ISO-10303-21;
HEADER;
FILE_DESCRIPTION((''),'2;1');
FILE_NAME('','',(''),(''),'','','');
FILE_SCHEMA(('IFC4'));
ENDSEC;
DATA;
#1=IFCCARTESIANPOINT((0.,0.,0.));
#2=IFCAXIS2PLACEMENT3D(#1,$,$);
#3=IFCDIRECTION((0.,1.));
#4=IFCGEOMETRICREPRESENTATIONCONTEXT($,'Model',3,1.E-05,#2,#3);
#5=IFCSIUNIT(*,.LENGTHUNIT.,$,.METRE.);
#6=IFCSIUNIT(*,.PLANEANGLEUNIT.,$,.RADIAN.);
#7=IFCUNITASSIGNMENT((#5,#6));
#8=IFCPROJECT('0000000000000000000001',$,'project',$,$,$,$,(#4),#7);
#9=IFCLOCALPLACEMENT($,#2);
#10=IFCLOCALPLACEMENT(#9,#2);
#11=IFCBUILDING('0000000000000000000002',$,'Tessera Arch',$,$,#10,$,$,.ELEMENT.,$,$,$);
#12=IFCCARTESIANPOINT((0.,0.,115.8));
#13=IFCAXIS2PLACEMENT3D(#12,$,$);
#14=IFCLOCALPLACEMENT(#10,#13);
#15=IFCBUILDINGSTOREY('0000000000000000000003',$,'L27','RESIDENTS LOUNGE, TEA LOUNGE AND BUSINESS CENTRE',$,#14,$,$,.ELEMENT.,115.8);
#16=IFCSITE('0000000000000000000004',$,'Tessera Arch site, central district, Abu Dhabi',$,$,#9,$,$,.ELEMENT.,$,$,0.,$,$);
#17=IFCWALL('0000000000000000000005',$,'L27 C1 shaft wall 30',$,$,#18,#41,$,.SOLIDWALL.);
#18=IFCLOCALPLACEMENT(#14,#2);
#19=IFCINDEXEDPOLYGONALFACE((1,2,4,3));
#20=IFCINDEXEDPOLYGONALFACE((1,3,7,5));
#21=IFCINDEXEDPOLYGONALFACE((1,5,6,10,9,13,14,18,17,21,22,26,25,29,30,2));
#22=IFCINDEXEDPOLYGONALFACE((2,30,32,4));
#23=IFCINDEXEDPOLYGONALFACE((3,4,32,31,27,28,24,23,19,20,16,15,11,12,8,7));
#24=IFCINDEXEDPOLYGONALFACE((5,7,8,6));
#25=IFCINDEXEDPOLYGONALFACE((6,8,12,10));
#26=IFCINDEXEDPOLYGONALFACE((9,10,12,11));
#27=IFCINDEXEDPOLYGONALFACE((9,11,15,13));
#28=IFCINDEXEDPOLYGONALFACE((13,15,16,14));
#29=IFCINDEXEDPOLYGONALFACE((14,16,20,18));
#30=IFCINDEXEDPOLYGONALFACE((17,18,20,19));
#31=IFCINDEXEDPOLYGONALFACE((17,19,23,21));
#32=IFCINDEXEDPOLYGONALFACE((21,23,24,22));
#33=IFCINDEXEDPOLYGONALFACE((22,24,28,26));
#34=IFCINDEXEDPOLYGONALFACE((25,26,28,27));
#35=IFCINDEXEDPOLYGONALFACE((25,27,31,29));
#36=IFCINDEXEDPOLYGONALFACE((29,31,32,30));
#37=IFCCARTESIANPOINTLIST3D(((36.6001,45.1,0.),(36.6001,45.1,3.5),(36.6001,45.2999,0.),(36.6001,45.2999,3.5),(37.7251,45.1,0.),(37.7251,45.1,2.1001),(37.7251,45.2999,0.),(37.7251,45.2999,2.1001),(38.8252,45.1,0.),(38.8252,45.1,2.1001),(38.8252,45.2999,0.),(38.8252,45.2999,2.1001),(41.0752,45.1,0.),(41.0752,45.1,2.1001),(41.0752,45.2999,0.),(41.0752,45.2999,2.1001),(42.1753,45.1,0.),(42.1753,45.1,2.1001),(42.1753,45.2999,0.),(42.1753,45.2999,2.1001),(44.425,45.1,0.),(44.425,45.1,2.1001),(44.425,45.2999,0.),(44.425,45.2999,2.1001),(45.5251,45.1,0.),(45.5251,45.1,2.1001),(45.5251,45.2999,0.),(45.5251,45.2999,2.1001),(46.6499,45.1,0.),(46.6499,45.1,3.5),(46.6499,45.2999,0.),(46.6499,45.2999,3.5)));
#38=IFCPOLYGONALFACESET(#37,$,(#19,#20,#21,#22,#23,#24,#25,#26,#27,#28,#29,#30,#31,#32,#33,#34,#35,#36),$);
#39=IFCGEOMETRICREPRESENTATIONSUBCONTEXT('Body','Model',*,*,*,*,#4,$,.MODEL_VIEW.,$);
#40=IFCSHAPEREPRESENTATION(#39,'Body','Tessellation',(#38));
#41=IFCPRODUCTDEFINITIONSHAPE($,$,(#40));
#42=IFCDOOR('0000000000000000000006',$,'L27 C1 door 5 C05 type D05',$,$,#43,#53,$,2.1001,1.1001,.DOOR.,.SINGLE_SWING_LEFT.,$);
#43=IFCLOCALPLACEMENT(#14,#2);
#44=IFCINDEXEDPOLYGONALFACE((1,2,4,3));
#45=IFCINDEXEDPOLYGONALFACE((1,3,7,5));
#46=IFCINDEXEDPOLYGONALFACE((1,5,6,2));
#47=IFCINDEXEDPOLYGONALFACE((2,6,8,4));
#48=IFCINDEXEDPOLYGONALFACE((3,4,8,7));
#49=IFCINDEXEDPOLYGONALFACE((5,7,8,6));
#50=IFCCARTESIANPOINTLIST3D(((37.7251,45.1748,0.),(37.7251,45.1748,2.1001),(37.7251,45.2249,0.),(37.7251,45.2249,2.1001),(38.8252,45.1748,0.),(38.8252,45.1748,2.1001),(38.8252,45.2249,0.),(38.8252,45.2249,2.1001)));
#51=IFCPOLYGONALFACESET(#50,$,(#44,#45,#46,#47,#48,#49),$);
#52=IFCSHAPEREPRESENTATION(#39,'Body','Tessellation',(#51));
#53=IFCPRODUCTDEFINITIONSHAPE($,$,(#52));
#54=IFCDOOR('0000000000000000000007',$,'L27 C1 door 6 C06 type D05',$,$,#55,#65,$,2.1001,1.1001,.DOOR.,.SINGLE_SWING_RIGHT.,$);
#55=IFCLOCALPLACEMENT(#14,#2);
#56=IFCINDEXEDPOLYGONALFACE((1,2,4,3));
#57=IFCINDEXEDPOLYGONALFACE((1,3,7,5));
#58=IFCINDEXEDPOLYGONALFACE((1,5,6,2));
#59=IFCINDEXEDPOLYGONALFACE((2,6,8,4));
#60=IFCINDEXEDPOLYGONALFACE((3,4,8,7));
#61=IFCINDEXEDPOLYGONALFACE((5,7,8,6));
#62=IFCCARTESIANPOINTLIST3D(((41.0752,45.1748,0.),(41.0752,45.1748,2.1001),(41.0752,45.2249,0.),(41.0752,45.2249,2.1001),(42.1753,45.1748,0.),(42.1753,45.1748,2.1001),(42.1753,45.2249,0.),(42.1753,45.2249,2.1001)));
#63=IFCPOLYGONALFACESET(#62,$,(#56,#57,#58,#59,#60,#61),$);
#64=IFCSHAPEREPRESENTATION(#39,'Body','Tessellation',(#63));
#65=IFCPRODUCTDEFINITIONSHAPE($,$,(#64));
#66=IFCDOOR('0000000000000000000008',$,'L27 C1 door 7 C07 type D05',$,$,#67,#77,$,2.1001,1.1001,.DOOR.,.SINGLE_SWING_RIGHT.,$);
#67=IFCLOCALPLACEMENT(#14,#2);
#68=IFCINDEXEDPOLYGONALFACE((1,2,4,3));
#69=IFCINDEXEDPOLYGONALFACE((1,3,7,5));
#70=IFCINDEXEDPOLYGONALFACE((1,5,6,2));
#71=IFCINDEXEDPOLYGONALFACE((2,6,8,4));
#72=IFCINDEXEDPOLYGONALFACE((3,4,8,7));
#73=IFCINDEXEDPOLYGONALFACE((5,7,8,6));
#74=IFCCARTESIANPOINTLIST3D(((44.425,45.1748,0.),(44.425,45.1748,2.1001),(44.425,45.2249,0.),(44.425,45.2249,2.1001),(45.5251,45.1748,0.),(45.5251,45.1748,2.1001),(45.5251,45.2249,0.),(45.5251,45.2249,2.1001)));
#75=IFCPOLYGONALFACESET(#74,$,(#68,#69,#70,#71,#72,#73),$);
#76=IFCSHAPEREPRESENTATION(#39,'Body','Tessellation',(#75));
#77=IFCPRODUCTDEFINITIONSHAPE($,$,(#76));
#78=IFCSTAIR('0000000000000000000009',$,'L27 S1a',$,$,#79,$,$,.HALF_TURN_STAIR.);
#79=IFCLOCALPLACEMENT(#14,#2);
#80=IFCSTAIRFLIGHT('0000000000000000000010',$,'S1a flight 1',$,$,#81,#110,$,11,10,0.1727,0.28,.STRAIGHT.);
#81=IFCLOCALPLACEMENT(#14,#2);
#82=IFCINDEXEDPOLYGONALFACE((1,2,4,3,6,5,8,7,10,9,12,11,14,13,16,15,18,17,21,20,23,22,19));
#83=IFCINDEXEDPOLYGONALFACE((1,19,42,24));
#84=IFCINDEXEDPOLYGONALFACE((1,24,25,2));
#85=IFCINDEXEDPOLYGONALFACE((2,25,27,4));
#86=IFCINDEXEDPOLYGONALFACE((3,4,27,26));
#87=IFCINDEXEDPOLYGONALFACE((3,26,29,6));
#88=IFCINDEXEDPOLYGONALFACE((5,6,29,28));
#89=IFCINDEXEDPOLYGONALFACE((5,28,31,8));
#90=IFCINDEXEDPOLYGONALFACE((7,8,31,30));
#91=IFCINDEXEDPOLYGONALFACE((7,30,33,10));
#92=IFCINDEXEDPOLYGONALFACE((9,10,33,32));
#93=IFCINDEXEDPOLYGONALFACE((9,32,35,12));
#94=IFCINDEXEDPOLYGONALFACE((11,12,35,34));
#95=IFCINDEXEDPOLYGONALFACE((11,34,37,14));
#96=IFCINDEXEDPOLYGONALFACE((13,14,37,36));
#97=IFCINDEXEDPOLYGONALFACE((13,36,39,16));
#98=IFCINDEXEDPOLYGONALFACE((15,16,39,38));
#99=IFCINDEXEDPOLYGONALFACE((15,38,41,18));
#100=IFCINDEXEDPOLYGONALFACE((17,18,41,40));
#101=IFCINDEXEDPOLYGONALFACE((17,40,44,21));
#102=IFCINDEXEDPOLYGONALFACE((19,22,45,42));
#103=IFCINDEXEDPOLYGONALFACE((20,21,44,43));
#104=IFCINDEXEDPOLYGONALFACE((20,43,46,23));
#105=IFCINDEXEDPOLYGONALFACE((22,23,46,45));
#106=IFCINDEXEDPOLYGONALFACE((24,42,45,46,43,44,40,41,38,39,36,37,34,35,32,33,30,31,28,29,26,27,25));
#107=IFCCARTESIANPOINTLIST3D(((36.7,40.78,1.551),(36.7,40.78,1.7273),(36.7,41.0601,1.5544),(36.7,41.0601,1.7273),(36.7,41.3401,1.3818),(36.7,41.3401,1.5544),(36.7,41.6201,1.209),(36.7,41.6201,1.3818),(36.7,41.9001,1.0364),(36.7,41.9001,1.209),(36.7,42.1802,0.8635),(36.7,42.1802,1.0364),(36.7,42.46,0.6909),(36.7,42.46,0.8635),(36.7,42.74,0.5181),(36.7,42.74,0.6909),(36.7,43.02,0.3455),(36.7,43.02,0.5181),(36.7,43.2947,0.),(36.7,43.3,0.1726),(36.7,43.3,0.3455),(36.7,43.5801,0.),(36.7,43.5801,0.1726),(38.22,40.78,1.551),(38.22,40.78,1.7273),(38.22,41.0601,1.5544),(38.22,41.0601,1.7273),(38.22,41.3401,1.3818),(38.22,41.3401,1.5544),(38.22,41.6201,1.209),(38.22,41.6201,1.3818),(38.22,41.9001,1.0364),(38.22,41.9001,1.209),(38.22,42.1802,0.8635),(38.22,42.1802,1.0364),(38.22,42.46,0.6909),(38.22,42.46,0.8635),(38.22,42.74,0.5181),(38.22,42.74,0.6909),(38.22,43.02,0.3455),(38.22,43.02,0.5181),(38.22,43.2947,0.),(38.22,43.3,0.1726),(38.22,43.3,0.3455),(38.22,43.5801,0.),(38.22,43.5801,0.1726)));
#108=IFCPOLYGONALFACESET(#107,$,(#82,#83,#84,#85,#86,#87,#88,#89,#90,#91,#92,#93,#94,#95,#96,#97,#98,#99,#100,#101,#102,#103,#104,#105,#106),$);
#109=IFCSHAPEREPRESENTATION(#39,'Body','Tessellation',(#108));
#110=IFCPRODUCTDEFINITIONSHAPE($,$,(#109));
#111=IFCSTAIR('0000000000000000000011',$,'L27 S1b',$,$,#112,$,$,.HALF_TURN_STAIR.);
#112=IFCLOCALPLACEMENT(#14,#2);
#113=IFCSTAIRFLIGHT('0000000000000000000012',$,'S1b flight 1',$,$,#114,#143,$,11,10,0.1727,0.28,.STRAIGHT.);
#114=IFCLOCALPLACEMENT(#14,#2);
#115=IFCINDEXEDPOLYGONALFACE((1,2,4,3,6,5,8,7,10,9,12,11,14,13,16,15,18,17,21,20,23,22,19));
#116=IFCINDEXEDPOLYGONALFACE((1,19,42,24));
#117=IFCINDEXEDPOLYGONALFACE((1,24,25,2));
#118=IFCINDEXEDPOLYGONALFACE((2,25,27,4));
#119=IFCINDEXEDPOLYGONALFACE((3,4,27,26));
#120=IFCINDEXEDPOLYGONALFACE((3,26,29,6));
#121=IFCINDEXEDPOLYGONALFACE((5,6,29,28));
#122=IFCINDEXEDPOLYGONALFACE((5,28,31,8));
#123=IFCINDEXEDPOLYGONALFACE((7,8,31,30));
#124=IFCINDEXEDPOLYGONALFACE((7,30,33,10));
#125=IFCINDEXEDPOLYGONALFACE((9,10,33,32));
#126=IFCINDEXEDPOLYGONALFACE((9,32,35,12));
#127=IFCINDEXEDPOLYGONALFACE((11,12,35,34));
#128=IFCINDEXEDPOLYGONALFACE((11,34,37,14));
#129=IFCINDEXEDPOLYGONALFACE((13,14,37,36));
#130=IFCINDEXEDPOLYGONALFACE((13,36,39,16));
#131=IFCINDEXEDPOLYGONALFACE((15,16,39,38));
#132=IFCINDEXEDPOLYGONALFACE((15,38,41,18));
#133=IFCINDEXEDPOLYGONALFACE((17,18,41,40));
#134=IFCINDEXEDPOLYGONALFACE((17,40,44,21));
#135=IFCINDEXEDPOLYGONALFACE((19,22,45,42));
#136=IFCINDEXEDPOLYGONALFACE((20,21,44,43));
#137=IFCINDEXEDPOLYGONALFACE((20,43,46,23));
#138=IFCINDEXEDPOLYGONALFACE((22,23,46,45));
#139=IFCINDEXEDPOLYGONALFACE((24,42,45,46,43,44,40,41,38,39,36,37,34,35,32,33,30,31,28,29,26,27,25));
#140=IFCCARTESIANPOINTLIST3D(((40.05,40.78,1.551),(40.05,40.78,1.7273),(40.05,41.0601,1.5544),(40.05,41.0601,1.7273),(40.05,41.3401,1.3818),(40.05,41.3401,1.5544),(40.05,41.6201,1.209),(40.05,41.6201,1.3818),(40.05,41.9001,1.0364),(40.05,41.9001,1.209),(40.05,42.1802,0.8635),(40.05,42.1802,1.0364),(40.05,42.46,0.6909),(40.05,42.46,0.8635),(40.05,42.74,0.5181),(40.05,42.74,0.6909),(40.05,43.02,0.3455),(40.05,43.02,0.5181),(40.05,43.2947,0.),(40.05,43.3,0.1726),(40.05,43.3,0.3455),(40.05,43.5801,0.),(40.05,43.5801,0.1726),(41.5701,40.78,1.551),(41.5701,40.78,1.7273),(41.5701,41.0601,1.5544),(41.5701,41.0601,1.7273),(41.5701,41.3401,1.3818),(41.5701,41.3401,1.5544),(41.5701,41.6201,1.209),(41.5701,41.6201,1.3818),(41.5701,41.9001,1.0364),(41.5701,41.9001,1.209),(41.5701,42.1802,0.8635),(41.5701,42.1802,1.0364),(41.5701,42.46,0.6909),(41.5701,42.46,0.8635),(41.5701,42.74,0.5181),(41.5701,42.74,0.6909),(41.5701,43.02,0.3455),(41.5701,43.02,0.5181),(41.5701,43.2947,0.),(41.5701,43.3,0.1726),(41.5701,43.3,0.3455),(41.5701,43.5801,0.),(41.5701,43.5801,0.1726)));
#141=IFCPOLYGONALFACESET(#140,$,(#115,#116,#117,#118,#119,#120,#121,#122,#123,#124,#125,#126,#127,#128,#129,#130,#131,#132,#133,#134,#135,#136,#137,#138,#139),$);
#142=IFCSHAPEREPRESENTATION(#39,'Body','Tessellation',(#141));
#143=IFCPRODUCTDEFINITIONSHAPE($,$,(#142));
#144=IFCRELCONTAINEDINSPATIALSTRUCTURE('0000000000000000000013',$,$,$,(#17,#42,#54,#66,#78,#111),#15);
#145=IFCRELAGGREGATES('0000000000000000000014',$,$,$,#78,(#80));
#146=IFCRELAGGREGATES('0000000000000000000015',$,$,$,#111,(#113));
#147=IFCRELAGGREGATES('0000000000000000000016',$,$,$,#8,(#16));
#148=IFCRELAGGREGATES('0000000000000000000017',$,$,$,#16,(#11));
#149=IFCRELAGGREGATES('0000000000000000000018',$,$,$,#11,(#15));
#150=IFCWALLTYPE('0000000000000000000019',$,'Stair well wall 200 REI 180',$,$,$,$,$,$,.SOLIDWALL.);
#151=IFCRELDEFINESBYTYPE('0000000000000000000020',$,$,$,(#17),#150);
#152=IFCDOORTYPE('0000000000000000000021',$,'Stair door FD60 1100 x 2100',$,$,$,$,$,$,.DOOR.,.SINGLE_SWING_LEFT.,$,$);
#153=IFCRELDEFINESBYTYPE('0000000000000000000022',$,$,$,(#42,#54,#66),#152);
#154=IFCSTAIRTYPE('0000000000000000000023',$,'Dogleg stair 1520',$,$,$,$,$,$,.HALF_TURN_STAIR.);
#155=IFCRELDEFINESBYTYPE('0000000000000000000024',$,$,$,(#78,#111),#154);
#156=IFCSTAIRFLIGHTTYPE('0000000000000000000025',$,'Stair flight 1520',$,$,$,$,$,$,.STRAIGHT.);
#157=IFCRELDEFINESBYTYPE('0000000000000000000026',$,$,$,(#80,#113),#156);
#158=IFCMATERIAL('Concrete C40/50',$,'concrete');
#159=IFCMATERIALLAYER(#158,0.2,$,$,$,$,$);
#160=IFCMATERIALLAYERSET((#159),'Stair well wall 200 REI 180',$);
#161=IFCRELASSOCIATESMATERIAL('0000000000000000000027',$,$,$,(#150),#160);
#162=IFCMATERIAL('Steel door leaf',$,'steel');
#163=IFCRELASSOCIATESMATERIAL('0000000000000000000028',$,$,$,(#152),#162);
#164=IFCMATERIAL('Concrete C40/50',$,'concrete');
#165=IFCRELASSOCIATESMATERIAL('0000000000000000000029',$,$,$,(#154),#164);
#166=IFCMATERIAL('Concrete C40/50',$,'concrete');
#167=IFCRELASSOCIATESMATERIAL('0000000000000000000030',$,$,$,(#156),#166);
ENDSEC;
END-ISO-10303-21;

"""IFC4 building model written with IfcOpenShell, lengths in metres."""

from ifc_helpers import new_model, si_unit, direction, frame, frame_2d, origin, place, context, subcontext, project, spatial, polyline, rectangle, outline, extrude, material, layer, layer_set, type_object, element, fill, aggregate, save


model = new_model("IFC4")

# Units and contexts
model_context = context("Model", 3, precision=1e-05, world=origin(), true_north=direction((0.0, 1.0)))
body_context = subcontext(model_context, "Body", "Model", "MODEL_VIEW")
ifc_project = project(units=[si_unit("LENGTHUNIT", "METRE"), si_unit("PLANEANGLEUNIT", "RADIAN")], contexts=[model_context])

# Site, building, storey
site_placement = place(None, origin())
site = spatial("IfcSite", under=ifc_project, at=site_placement, Name="Tessera Arch site, central district, Abu Dhabi", CompositionType="ELEMENT", RefElevation=0.0)
building_placement = place(site_placement, origin())
building = spatial("IfcBuilding", under=site, at=building_placement, Name="Tessera Arch", CompositionType="ELEMENT")
storey_placement = place(building_placement, frame((0.0, 0.0, 115.8)))
storey = spatial("IfcBuildingStorey", under=building, at=storey_placement, Name="L27", Description="RESIDENTS LOUNGE, TEA LOUNGE AND BUSINESS CENTRE", CompositionType="ELEMENT", Elevation=115.8)

# Wall, openings, doors
ifc_material_1 = material(Name="Concrete C40/50", Category="concrete")
ifc_layer_1 = layer(ifc_material_1, 0.2)
ifc_layer_set_1 = layer_set([ifc_layer_1], Name="Stair well wall 200 REI 180")
wall_type_1 = type_object("IfcWallType", Name="Stair well wall 200 REI 180", PredefinedType="SOLIDWALL", material=ifc_layer_set_1)
wall_1_placement = place(storey_placement, frame((36.6001, 45.2, 0.0), z_axis=(0.0, 0.0, 1.0), x_axis=(1.0, 0.0, 0.0)))
wall_1 = element("IfcWall", 1, at=wall_1_placement, inside=storey, type_object=wall_type_1, Name="L27 C1 shaft wall 30", PredefinedType="SOLIDWALL", context=body_context, shape_type="SweptSolid", body=[
    extrude(rectangle(XDim=10.0498, YDim=0.2, at=frame_2d((5.0249, 0.0))), origin(), (0.0, 0.0, 1.0), 3.5),
])
opening_1_placement = place(wall_1_placement, frame((1.125, 0.0, 0.0)))
opening_1 = element("IfcOpeningElement", 2, at=opening_1_placement, cuts=wall_1, PredefinedType="OPENING", context=body_context, shape_type="SweptSolid", body=[
    extrude(rectangle(XDim=1.1001, YDim=2.1001, at=frame_2d((0.55, 1.05))), frame((0.0, 0.1099, 0.0), z_axis=(0.0, -1.0, 0.0), x_axis=(1.0, 0.0, 0.0)), (0.0, 0.0, 1.0), 0.22),
])
opening_2_placement = place(wall_1_placement, frame((4.4751, 0.0, 0.0)))
opening_2 = element("IfcOpeningElement", 3, at=opening_2_placement, cuts=wall_1, PredefinedType="OPENING", context=body_context, shape_type="SweptSolid", body=[
    extrude(rectangle(XDim=1.1001, YDim=2.1001, at=frame_2d((0.55, 1.05))), frame((0.0, 0.1099, 0.0), z_axis=(0.0, -1.0, 0.0), x_axis=(1.0, 0.0, 0.0)), (0.0, 0.0, 1.0), 0.22),
])
opening_3_placement = place(wall_1_placement, frame((7.825, 0.0, 0.0)))
opening_3 = element("IfcOpeningElement", 4, at=opening_3_placement, cuts=wall_1, PredefinedType="OPENING", context=body_context, shape_type="SweptSolid", body=[
    extrude(rectangle(XDim=1.1001, YDim=2.1001, at=frame_2d((0.55, 1.05))), frame((0.0, 0.1099, 0.0), z_axis=(0.0, -1.0, 0.0), x_axis=(1.0, 0.0, 0.0)), (0.0, 0.0, 1.0), 0.22),
])
ifc_material_2 = material(Name="Steel door leaf", Category="steel")
door_type_1 = type_object("IfcDoorType", Name="Stair door FD60 1100 x 2100", OperationType="SINGLE_SWING_LEFT", PredefinedType="DOOR", material=ifc_material_2)
door_1_placement = place(opening_1_placement, origin())
door_1 = element("IfcDoor", 5, at=door_1_placement, inside=storey, type_object=door_type_1, Name="L27 C1 door 5 C05 type D05", OperationType="SINGLE_SWING_LEFT", OverallHeight=2.1001, OverallWidth=1.1001, PredefinedType="DOOR", context=body_context, shape_type="SweptSolid", body=[
    extrude(rectangle(XDim=1.1001, YDim=2.1001, at=frame_2d((0.55, 1.05))), frame((0.0, 0.0249, 0.0), z_axis=(0.0, -1.0, 0.0), x_axis=(1.0, 0.0, 0.0)), (0.0, 0.0, 1.0), 0.05),
])
fill(opening_1, door_1)
door_2_placement = place(opening_2_placement, origin())
door_2 = element("IfcDoor", 6, at=door_2_placement, inside=storey, type_object=door_type_1, Name="L27 C1 door 6 C06 type D05", OperationType="SINGLE_SWING_RIGHT", OverallHeight=2.1001, OverallWidth=1.1001, PredefinedType="DOOR", context=body_context, shape_type="SweptSolid", body=[
    extrude(rectangle(XDim=1.1001, YDim=2.1001, at=frame_2d((0.55, 1.05))), frame((0.0, 0.0249, 0.0), z_axis=(0.0, -1.0, 0.0), x_axis=(1.0, 0.0, 0.0)), (0.0, 0.0, 1.0), 0.05),
])
fill(opening_2, door_2)
door_3_placement = place(opening_3_placement, origin())
door_3 = element("IfcDoor", 7, at=door_3_placement, inside=storey, type_object=door_type_1, Name="L27 C1 door 7 C07 type D05", OperationType="SINGLE_SWING_RIGHT", OverallHeight=2.1001, OverallWidth=1.1001, PredefinedType="DOOR", context=body_context, shape_type="SweptSolid", body=[
    extrude(rectangle(XDim=1.1001, YDim=2.1001, at=frame_2d((0.55, 1.05))), frame((0.0, 0.0249, 0.0), z_axis=(0.0, -1.0, 0.0), x_axis=(1.0, 0.0, 0.0)), (0.0, 0.0, 1.0), 0.05),
])
fill(opening_3, door_3)

# Stairs, stair flights
ifc_material_3 = material(Name="Concrete C40/50", Category="concrete")
stair_type = type_object("IfcStairType", Name="Dogleg stair 1520", PredefinedType="HALF_TURN_STAIR", material=ifc_material_3)
stair_1_placement = place(storey_placement, origin())
stair_1 = element("IfcStair", 8, at=stair_1_placement, inside=storey, type_object=stair_type, Name="L27 S1a", PredefinedType="HALF_TURN_STAIR")
ifc_material_4 = material(Name="Concrete C40/50", Category="concrete")
stair_flight_type = type_object("IfcStairFlightType", Name="Stair flight 1520", PredefinedType="STRAIGHT", material=ifc_material_4)
stair_flight_1_placement = place(storey_placement, frame((37.46, 43.5801, 0.0), z_axis=(0.0, 0.0, 1.0), x_axis=(0.0, -1.0, 0.0)))
stair_flight_1 = element("IfcStairFlight", 9, at=stair_flight_1_placement, type_object=stair_flight_type, Name="S1a flight 1", NumberOfRisers=11, NumberOfTreads=10, PredefinedType="STRAIGHT", RiserHeight=0.1727, TreadLength=0.28, context=body_context, shape_type="SweptSolid", body=[
    extrude(outline(polyline([(0.0, 0.0), (0.0, 0.1726), (0.28, 0.1726), (0.28, 0.3455), (0.5601, 0.3455), (0.5601, 0.5181), (0.8401, 0.5181), (0.8401, 0.6909), (1.1201, 0.6909), (1.1201, 0.8635), (1.3999, 0.8635), (1.3999, 1.0364), (1.6799, 1.0364), (1.6799, 1.209), (1.96, 1.209), (1.96, 1.3818), (2.24, 1.3818), (2.24, 1.5544), (2.52, 1.5544), (2.52, 1.7273), (2.8, 1.7273), (2.8, 1.8999), (2.8, 1.551), (0.2854, 0.0), (0.0, 0.0)])), frame((0.0, 0.76, 0.0), z_axis=(0.0, -1.0, 0.0), x_axis=(1.0, 0.0, 0.0)), (0.0, 0.0, 1.0), 1.52),
])
aggregate(stair_1, [stair_flight_1])
stair_2_placement = place(storey_placement, origin())
stair_2 = element("IfcStair", 10, at=stair_2_placement, inside=storey, type_object=stair_type, Name="L27 S1b", PredefinedType="HALF_TURN_STAIR")
stair_flight_2_placement = place(storey_placement, frame((40.8101, 43.5801, 0.0), z_axis=(0.0, 0.0, 1.0), x_axis=(0.0, -1.0, 0.0)))
stair_flight_2 = element("IfcStairFlight", 11, at=stair_flight_2_placement, type_object=stair_flight_type, Name="S1b flight 1", NumberOfRisers=11, NumberOfTreads=10, PredefinedType="STRAIGHT", RiserHeight=0.1727, TreadLength=0.28, context=body_context, shape_type="SweptSolid", body=[
    extrude(outline(polyline([(0.0, 0.0), (0.0, 0.1726), (0.28, 0.1726), (0.28, 0.3455), (0.5601, 0.3455), (0.5601, 0.5181), (0.8401, 0.5181), (0.8401, 0.6909), (1.1201, 0.6909), (1.1201, 0.8635), (1.3999, 0.8635), (1.3999, 1.0364), (1.6799, 1.0364), (1.6799, 1.209), (1.96, 1.209), (1.96, 1.3818), (2.24, 1.3818), (2.24, 1.5544), (2.52, 1.5544), (2.52, 1.7273), (2.8, 1.7273), (2.8, 1.8999), (2.8, 1.551), (0.2854, 0.0), (0.0, 0.0)])), frame((0.0, 0.76, 0.0), z_axis=(0.0, -1.0, 0.0), x_axis=(1.0, 0.0, 0.0)), (0.0, 0.0, 1.0), 1.52),
])
aggregate(stair_2, [stair_flight_2])

save(model, "model.ifc")
